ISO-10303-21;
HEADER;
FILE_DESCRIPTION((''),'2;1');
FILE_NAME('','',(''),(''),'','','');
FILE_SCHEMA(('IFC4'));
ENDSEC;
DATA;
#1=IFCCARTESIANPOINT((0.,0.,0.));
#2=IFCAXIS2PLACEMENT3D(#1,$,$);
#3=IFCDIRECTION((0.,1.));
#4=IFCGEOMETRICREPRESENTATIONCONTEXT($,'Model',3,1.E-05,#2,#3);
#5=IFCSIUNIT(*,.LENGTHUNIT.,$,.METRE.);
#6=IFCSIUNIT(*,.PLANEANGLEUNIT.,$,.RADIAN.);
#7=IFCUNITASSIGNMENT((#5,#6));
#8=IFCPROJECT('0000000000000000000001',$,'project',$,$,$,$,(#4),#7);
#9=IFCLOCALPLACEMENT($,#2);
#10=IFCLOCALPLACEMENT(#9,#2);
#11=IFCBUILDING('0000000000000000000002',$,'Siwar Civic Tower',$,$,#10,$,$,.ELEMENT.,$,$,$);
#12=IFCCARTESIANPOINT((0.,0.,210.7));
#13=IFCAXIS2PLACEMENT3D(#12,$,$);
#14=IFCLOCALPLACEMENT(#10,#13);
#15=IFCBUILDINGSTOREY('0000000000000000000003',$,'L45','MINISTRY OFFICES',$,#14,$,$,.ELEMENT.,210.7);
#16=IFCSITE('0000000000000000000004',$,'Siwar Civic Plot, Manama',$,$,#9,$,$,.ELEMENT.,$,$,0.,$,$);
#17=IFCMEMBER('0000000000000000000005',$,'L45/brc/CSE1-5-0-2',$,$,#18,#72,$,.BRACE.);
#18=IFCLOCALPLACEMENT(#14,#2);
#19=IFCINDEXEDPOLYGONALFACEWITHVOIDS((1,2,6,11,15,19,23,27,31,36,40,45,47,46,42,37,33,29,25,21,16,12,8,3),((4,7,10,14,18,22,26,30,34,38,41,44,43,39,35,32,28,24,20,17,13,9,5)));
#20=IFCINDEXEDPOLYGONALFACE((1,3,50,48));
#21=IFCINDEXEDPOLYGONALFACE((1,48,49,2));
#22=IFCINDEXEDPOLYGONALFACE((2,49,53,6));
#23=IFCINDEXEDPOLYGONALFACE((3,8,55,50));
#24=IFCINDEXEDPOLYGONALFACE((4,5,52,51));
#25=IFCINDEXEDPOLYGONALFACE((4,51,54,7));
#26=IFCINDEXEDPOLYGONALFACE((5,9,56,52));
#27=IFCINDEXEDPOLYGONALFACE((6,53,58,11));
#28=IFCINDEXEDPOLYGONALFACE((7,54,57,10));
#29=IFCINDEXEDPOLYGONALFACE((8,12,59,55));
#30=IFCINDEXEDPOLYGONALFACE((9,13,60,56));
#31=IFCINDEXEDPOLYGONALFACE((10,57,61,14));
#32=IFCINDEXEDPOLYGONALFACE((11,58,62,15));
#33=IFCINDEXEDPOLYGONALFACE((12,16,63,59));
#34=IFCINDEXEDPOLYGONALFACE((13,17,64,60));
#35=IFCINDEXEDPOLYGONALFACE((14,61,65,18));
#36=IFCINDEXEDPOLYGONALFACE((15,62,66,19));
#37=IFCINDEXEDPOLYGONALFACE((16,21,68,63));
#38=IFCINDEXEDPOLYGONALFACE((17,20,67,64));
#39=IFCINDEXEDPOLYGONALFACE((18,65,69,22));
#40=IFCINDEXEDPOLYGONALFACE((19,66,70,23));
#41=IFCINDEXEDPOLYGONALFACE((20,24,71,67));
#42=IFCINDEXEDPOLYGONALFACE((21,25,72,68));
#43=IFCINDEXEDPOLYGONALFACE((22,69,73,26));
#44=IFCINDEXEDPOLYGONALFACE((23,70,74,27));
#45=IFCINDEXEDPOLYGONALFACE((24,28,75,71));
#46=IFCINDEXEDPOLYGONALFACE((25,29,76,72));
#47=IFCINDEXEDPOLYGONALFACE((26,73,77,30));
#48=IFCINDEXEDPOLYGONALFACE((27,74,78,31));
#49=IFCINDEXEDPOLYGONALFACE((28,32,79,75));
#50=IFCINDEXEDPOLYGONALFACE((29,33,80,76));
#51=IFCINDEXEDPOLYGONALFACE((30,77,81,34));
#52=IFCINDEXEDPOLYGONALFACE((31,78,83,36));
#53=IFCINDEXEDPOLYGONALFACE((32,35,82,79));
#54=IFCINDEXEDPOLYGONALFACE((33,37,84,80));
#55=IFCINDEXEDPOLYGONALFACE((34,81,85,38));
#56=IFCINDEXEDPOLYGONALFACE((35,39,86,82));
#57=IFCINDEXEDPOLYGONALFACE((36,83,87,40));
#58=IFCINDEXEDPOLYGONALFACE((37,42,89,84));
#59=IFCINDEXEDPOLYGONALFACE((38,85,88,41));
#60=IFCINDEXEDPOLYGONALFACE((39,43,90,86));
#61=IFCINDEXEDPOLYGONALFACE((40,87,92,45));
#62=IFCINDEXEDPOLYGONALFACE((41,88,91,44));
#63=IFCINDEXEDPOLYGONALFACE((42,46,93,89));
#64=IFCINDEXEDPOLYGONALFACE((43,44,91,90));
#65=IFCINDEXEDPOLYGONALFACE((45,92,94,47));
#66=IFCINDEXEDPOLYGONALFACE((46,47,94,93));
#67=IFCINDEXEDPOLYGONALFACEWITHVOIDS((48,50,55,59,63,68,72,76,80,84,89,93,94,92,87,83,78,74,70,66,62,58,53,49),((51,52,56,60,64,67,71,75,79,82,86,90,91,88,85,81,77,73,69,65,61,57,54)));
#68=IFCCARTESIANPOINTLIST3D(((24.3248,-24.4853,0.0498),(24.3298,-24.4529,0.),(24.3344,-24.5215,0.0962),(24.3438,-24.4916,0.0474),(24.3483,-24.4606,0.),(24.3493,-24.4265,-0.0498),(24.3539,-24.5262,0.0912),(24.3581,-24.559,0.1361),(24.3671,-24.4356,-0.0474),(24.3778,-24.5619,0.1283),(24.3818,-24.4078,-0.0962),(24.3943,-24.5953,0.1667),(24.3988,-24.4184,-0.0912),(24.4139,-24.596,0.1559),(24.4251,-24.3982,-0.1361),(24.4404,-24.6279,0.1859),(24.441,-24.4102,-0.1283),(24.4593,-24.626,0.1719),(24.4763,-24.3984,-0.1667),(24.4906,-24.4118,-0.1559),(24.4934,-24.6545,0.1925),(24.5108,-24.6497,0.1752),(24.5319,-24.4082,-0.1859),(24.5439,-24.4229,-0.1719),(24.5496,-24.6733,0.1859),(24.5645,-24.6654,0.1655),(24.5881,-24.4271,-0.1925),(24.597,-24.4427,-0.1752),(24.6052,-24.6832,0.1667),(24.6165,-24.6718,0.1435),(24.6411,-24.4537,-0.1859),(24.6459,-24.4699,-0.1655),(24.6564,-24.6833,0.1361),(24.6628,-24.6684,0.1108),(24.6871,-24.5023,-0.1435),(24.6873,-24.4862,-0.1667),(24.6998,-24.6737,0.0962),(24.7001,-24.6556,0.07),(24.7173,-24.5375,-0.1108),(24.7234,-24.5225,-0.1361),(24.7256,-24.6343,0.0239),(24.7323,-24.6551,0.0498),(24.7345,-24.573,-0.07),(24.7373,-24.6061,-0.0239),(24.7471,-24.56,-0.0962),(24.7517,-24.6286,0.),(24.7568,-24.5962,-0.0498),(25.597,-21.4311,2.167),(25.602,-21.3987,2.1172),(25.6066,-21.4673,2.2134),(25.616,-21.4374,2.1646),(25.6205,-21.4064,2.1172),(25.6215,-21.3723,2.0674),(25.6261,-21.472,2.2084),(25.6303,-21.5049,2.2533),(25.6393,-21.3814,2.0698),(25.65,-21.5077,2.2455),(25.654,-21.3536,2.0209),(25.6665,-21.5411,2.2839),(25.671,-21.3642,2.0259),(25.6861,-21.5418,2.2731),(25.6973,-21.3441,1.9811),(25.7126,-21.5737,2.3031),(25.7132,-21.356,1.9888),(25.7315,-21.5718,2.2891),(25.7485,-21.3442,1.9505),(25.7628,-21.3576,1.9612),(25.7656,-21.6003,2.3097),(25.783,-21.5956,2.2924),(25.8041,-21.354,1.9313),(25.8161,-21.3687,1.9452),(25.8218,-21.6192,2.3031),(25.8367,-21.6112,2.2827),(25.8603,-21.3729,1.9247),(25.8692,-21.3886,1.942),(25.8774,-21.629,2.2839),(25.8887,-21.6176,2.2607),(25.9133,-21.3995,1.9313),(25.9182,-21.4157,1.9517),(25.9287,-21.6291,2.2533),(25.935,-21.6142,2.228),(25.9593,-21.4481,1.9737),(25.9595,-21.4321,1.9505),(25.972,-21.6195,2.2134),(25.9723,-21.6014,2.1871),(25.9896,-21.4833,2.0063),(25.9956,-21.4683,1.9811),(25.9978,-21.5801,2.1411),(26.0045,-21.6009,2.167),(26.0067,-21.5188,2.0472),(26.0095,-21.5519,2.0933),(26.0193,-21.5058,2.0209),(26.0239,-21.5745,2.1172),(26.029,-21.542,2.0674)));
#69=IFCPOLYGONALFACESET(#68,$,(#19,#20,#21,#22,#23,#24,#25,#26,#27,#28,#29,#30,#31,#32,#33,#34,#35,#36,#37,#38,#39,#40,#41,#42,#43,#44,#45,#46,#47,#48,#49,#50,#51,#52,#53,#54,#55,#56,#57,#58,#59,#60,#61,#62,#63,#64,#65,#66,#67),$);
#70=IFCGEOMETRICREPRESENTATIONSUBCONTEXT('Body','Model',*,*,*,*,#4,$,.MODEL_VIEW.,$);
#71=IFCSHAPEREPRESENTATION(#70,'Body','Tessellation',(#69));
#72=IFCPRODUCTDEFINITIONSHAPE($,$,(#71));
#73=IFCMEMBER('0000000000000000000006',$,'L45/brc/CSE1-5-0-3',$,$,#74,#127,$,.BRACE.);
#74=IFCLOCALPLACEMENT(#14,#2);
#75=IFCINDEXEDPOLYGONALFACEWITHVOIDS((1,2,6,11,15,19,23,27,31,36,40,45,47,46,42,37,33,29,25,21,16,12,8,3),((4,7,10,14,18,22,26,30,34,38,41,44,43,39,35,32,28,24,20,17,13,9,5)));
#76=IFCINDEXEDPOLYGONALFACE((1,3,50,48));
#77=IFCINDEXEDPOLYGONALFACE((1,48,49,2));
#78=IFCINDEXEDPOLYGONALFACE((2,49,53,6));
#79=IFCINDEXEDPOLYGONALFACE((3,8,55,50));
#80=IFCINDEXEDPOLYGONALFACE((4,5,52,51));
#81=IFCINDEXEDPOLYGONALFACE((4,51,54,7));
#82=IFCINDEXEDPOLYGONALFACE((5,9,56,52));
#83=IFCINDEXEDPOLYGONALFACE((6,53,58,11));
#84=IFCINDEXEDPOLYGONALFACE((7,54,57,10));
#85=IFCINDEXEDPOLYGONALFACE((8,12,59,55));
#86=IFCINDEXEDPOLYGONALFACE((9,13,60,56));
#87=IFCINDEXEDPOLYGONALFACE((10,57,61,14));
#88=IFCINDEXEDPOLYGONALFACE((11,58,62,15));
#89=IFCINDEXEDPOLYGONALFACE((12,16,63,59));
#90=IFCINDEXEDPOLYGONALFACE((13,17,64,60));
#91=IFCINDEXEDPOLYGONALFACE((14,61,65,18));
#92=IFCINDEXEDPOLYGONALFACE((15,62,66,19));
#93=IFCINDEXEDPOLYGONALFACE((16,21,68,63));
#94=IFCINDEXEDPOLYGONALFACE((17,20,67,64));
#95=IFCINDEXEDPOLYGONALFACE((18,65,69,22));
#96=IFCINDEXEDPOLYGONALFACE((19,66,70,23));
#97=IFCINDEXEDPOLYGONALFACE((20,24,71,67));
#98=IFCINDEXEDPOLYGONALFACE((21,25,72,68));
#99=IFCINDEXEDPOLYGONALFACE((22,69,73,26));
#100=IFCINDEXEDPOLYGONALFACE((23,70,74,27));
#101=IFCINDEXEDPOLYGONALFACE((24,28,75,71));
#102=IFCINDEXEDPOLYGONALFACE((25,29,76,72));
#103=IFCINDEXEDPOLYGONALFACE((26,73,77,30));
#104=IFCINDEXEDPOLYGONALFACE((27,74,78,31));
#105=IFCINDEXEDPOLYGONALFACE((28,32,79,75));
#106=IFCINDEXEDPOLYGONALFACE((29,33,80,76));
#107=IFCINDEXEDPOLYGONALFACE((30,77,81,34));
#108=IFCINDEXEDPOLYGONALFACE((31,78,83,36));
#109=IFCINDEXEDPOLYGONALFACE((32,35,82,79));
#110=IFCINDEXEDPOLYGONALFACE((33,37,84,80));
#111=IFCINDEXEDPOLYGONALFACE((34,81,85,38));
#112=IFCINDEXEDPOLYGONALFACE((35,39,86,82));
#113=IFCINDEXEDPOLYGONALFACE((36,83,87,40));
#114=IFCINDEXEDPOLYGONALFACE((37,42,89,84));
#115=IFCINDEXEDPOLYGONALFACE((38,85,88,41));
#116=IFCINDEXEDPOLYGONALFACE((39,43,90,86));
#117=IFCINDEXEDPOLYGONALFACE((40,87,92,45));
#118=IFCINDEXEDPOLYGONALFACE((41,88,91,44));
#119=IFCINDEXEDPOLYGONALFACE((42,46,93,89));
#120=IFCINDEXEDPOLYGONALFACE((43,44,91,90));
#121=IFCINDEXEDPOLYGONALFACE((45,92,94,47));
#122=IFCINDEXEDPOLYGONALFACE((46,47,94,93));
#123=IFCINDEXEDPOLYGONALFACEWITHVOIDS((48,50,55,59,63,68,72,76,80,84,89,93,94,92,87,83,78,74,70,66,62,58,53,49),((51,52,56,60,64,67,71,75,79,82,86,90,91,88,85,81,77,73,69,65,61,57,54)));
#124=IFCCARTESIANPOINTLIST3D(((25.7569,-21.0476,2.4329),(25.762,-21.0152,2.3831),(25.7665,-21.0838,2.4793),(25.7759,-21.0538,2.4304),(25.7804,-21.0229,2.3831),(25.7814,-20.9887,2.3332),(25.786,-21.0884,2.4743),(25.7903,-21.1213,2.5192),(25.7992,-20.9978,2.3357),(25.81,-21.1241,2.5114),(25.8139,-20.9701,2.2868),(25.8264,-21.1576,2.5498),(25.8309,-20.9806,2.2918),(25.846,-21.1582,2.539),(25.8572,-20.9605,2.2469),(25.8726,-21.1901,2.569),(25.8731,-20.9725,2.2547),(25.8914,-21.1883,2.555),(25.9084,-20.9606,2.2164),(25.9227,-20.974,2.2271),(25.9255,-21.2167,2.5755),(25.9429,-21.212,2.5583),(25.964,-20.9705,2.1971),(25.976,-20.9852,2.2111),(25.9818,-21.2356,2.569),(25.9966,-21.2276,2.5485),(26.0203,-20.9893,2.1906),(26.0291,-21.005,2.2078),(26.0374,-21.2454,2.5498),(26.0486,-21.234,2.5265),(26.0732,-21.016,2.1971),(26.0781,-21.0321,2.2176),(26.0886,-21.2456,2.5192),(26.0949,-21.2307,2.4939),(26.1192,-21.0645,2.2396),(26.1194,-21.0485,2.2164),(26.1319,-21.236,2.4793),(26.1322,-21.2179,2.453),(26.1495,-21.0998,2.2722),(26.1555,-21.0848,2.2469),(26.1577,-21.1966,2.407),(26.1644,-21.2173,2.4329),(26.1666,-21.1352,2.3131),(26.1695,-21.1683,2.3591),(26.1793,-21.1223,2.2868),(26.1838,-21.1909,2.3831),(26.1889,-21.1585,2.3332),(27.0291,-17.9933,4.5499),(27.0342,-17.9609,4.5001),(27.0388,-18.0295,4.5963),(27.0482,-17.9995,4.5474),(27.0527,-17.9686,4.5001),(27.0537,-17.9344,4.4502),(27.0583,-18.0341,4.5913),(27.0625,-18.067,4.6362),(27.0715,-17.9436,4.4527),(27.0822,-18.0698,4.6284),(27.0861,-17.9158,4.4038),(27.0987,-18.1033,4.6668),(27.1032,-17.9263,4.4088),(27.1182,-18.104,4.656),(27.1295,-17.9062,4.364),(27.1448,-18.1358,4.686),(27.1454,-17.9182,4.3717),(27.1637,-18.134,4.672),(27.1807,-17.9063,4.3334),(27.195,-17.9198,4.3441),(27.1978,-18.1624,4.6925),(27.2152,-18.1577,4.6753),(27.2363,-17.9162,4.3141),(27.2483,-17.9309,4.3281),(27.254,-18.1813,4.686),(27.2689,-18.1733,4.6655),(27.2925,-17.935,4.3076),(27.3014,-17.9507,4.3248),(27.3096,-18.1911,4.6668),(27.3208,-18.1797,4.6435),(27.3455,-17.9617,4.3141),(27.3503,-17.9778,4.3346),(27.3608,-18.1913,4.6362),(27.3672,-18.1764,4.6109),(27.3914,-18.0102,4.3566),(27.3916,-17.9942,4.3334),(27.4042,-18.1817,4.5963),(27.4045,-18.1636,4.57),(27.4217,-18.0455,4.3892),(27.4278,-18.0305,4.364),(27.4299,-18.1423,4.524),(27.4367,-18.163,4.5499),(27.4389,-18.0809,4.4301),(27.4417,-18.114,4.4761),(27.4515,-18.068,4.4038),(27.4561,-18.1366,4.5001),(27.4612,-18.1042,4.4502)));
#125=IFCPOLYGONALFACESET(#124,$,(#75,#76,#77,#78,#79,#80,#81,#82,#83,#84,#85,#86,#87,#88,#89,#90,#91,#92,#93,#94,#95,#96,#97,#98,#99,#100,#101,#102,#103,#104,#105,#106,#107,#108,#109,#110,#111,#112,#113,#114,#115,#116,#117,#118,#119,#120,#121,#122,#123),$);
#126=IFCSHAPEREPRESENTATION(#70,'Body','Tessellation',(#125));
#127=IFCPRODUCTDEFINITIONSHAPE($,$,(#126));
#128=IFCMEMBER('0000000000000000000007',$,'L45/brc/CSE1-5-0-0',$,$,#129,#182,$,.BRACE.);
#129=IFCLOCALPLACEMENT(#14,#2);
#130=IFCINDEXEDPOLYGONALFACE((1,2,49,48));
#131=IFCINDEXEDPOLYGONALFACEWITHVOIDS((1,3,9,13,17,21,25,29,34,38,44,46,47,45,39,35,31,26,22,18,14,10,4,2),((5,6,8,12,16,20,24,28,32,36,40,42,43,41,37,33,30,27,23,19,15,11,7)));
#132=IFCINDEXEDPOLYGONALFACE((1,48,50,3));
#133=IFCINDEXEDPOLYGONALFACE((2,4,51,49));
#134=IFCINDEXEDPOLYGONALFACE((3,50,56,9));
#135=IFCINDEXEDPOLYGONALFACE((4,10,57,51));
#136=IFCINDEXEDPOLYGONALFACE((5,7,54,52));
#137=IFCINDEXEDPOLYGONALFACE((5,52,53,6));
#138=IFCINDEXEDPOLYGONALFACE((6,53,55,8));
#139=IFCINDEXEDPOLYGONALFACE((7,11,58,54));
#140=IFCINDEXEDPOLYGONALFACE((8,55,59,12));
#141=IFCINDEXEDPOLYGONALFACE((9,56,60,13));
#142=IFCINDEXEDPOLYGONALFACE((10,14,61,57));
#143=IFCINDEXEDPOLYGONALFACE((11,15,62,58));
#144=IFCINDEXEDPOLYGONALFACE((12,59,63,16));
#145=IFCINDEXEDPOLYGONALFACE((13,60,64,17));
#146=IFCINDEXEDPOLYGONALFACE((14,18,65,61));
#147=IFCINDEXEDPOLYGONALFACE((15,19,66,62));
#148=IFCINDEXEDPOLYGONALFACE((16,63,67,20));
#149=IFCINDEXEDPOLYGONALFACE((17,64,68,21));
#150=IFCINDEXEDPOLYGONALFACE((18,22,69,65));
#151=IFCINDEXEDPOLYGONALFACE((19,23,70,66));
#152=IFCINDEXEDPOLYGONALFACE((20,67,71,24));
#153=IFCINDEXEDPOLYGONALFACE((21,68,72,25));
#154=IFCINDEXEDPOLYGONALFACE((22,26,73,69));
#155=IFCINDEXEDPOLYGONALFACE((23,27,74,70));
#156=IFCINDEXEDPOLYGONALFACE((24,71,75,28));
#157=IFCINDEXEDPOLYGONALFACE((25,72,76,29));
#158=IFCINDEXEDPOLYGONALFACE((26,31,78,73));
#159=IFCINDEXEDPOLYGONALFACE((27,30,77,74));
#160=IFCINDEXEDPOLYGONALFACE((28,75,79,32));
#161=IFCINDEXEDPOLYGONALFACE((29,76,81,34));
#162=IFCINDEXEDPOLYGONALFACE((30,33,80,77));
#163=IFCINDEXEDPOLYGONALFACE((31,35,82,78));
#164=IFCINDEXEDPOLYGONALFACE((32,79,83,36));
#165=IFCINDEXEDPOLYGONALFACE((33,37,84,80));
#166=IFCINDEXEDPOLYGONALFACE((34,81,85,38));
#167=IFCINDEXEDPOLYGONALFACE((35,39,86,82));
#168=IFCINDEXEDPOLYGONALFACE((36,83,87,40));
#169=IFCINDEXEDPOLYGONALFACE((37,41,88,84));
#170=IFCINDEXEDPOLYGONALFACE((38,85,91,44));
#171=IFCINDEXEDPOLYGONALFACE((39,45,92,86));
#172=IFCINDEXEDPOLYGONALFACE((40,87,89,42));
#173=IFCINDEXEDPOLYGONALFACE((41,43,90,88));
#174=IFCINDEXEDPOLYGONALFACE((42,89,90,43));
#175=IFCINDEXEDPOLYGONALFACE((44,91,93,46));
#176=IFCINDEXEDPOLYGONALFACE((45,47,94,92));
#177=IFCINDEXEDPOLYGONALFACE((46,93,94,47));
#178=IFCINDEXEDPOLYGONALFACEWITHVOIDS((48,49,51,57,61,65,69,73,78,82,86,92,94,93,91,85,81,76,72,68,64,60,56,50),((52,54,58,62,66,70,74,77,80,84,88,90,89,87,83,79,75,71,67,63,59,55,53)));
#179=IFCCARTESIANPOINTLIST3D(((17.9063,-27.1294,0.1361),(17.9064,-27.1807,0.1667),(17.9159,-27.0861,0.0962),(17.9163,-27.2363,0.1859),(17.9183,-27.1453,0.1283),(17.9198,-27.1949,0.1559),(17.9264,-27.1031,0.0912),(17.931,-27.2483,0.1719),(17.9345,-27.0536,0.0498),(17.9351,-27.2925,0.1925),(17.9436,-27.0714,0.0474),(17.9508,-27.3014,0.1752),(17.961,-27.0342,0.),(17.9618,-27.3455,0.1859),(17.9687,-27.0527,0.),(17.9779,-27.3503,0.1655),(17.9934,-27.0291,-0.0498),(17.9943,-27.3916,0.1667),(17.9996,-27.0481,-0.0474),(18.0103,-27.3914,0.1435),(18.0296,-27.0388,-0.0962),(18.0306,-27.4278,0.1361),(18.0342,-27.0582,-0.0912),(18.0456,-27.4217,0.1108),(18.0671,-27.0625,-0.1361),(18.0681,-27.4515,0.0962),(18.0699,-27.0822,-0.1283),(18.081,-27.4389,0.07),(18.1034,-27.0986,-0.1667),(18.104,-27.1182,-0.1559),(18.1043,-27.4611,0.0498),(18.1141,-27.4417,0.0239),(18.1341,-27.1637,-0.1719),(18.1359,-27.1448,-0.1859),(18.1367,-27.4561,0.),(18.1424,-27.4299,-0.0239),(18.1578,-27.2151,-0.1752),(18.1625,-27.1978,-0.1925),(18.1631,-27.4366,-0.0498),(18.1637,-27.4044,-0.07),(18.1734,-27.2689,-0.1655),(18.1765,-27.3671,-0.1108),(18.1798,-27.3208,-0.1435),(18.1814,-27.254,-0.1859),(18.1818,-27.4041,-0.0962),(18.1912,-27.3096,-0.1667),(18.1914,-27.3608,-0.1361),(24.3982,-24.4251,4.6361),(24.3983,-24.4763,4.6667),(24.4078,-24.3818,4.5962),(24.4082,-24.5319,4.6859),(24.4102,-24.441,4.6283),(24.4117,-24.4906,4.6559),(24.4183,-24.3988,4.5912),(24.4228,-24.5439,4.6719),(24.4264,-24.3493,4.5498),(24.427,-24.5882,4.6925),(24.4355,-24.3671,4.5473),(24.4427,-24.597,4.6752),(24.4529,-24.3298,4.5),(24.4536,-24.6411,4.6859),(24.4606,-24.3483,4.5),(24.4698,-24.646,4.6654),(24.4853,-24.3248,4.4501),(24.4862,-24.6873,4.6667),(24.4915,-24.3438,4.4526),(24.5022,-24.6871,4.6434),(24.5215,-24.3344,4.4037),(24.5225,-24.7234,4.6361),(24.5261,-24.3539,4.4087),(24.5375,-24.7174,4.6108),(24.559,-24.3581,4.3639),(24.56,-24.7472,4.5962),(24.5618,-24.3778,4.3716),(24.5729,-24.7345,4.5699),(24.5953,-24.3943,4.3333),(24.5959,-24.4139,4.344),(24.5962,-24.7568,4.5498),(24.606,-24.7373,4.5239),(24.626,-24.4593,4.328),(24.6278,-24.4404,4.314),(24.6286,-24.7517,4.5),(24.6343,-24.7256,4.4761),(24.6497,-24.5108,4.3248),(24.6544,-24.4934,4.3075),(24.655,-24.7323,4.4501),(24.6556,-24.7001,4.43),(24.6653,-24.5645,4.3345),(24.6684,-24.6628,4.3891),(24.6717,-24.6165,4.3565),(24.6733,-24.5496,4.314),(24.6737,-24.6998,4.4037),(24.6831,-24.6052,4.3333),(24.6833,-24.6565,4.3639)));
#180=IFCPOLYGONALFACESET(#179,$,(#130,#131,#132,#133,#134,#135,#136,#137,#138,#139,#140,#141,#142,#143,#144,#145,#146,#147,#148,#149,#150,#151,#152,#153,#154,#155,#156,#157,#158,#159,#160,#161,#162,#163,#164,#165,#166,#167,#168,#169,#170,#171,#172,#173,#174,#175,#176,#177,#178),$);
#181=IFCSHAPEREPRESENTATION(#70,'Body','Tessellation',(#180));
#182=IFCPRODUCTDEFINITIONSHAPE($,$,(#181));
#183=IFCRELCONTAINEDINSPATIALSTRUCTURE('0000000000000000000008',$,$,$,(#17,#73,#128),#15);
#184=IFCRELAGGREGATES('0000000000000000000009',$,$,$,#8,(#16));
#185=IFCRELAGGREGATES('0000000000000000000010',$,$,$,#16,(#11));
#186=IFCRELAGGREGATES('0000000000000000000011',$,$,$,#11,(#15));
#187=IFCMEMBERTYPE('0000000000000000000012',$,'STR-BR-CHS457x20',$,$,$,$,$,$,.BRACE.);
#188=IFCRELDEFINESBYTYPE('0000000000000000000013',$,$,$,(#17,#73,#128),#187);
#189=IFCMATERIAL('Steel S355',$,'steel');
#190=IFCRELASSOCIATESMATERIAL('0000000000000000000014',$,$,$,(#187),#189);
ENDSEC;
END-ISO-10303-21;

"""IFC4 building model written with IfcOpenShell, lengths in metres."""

from ifc_helpers import new_model, si_unit, direction, frame, origin, origin_2d, place, context, subcontext, project, spatial, hollow_circle, extrude, material, material_profile, profile_set, type_object, element, save


model = new_model("IFC4")

# Units and contexts
model_context = context("Model", 3, precision=1e-05, world=origin(), true_north=direction((0.0, 1.0)))
body_context = subcontext(model_context, "Body", "Model", "MODEL_VIEW")
ifc_project = project(units=[si_unit("LENGTHUNIT", "METRE"), si_unit("PLANEANGLEUNIT", "RADIAN")], contexts=[model_context])

# Site, building, storey
site_placement = place(None, origin())
site = spatial("IfcSite", under=ifc_project, at=site_placement, Name="Siwar Civic Plot, Manama", CompositionType="ELEMENT", RefElevation=0.0)
building_placement = place(site_placement, origin())
building = spatial("IfcBuilding", under=site, at=building_placement, Name="Siwar Civic Tower", CompositionType="ELEMENT")
storey_placement = place(building_placement, frame((0.0, 0.0, 210.7)))
storey = spatial("IfcBuildingStorey", under=building, at=storey_placement, Name="L45", Description="MINISTRY OFFICES", CompositionType="ELEMENT", Elevation=210.7)

# Members
ifc_material_1 = material(Name="Steel S355", Category="steel")
ifc_material_profile_1 = material_profile(ifc_material_1, hollow_circle(Radius=0.2285, WallThickness=0.02, at=origin_2d()), Name="CHS457x20")
ifc_profile_set_1 = profile_set([ifc_material_profile_1], Name="Steel S355")
member_type_1 = type_object("IfcMemberType", Name="STR-BR-CHS457x20", PredefinedType="BRACE", material=ifc_profile_set_1)
for number, where, z_axis, x_axis, name in (
    (1, (24.5408, -24.5408, 0.0), (0.323884, 0.777546, 0.538999), (-0.923116, 0.384521, 0.0), "L45/brc/CSE1-5-0-2"),
    (2, (25.9729, -21.103, 2.3831), (0.323895, 0.777572, 0.538955), (-0.923116, 0.384521, 0.0), "L45/brc/CSE1-5-0-3"),
):
    element("IfcMember", number, at=place(storey_placement, frame(where, z_axis=z_axis, x_axis=x_axis)), inside=storey, type_object=member_type_1, Name=name, PredefinedType="BRACE", context=body_context, shape_type="SweptSolid", body=[
        extrude(hollow_circle(Radius=0.2285, WallThickness=0.02, at=origin_2d()), origin(), (0.0, 0.0, 1.0), 3.928),
    ])
member_1_placement = place(storey_placement, frame((18.0488, -27.2451, 0.0), z_axis=(0.777555, 0.323906, 0.538975), x_axis=(-0.384539, 0.923109, 0.0)))
element("IfcMember", 3, at=member_1_placement, inside=storey, type_object=member_type_1, Name="L45/brc/CSE1-5-0-0", PredefinedType="BRACE", context=body_context, shape_type="SweptSolid", body=[
    extrude(hollow_circle(Radius=0.2285, WallThickness=0.02, at=origin_2d()), origin(), (0.0, 0.0, 1.0), 8.3491),
])

save(model, "model.ifc")
